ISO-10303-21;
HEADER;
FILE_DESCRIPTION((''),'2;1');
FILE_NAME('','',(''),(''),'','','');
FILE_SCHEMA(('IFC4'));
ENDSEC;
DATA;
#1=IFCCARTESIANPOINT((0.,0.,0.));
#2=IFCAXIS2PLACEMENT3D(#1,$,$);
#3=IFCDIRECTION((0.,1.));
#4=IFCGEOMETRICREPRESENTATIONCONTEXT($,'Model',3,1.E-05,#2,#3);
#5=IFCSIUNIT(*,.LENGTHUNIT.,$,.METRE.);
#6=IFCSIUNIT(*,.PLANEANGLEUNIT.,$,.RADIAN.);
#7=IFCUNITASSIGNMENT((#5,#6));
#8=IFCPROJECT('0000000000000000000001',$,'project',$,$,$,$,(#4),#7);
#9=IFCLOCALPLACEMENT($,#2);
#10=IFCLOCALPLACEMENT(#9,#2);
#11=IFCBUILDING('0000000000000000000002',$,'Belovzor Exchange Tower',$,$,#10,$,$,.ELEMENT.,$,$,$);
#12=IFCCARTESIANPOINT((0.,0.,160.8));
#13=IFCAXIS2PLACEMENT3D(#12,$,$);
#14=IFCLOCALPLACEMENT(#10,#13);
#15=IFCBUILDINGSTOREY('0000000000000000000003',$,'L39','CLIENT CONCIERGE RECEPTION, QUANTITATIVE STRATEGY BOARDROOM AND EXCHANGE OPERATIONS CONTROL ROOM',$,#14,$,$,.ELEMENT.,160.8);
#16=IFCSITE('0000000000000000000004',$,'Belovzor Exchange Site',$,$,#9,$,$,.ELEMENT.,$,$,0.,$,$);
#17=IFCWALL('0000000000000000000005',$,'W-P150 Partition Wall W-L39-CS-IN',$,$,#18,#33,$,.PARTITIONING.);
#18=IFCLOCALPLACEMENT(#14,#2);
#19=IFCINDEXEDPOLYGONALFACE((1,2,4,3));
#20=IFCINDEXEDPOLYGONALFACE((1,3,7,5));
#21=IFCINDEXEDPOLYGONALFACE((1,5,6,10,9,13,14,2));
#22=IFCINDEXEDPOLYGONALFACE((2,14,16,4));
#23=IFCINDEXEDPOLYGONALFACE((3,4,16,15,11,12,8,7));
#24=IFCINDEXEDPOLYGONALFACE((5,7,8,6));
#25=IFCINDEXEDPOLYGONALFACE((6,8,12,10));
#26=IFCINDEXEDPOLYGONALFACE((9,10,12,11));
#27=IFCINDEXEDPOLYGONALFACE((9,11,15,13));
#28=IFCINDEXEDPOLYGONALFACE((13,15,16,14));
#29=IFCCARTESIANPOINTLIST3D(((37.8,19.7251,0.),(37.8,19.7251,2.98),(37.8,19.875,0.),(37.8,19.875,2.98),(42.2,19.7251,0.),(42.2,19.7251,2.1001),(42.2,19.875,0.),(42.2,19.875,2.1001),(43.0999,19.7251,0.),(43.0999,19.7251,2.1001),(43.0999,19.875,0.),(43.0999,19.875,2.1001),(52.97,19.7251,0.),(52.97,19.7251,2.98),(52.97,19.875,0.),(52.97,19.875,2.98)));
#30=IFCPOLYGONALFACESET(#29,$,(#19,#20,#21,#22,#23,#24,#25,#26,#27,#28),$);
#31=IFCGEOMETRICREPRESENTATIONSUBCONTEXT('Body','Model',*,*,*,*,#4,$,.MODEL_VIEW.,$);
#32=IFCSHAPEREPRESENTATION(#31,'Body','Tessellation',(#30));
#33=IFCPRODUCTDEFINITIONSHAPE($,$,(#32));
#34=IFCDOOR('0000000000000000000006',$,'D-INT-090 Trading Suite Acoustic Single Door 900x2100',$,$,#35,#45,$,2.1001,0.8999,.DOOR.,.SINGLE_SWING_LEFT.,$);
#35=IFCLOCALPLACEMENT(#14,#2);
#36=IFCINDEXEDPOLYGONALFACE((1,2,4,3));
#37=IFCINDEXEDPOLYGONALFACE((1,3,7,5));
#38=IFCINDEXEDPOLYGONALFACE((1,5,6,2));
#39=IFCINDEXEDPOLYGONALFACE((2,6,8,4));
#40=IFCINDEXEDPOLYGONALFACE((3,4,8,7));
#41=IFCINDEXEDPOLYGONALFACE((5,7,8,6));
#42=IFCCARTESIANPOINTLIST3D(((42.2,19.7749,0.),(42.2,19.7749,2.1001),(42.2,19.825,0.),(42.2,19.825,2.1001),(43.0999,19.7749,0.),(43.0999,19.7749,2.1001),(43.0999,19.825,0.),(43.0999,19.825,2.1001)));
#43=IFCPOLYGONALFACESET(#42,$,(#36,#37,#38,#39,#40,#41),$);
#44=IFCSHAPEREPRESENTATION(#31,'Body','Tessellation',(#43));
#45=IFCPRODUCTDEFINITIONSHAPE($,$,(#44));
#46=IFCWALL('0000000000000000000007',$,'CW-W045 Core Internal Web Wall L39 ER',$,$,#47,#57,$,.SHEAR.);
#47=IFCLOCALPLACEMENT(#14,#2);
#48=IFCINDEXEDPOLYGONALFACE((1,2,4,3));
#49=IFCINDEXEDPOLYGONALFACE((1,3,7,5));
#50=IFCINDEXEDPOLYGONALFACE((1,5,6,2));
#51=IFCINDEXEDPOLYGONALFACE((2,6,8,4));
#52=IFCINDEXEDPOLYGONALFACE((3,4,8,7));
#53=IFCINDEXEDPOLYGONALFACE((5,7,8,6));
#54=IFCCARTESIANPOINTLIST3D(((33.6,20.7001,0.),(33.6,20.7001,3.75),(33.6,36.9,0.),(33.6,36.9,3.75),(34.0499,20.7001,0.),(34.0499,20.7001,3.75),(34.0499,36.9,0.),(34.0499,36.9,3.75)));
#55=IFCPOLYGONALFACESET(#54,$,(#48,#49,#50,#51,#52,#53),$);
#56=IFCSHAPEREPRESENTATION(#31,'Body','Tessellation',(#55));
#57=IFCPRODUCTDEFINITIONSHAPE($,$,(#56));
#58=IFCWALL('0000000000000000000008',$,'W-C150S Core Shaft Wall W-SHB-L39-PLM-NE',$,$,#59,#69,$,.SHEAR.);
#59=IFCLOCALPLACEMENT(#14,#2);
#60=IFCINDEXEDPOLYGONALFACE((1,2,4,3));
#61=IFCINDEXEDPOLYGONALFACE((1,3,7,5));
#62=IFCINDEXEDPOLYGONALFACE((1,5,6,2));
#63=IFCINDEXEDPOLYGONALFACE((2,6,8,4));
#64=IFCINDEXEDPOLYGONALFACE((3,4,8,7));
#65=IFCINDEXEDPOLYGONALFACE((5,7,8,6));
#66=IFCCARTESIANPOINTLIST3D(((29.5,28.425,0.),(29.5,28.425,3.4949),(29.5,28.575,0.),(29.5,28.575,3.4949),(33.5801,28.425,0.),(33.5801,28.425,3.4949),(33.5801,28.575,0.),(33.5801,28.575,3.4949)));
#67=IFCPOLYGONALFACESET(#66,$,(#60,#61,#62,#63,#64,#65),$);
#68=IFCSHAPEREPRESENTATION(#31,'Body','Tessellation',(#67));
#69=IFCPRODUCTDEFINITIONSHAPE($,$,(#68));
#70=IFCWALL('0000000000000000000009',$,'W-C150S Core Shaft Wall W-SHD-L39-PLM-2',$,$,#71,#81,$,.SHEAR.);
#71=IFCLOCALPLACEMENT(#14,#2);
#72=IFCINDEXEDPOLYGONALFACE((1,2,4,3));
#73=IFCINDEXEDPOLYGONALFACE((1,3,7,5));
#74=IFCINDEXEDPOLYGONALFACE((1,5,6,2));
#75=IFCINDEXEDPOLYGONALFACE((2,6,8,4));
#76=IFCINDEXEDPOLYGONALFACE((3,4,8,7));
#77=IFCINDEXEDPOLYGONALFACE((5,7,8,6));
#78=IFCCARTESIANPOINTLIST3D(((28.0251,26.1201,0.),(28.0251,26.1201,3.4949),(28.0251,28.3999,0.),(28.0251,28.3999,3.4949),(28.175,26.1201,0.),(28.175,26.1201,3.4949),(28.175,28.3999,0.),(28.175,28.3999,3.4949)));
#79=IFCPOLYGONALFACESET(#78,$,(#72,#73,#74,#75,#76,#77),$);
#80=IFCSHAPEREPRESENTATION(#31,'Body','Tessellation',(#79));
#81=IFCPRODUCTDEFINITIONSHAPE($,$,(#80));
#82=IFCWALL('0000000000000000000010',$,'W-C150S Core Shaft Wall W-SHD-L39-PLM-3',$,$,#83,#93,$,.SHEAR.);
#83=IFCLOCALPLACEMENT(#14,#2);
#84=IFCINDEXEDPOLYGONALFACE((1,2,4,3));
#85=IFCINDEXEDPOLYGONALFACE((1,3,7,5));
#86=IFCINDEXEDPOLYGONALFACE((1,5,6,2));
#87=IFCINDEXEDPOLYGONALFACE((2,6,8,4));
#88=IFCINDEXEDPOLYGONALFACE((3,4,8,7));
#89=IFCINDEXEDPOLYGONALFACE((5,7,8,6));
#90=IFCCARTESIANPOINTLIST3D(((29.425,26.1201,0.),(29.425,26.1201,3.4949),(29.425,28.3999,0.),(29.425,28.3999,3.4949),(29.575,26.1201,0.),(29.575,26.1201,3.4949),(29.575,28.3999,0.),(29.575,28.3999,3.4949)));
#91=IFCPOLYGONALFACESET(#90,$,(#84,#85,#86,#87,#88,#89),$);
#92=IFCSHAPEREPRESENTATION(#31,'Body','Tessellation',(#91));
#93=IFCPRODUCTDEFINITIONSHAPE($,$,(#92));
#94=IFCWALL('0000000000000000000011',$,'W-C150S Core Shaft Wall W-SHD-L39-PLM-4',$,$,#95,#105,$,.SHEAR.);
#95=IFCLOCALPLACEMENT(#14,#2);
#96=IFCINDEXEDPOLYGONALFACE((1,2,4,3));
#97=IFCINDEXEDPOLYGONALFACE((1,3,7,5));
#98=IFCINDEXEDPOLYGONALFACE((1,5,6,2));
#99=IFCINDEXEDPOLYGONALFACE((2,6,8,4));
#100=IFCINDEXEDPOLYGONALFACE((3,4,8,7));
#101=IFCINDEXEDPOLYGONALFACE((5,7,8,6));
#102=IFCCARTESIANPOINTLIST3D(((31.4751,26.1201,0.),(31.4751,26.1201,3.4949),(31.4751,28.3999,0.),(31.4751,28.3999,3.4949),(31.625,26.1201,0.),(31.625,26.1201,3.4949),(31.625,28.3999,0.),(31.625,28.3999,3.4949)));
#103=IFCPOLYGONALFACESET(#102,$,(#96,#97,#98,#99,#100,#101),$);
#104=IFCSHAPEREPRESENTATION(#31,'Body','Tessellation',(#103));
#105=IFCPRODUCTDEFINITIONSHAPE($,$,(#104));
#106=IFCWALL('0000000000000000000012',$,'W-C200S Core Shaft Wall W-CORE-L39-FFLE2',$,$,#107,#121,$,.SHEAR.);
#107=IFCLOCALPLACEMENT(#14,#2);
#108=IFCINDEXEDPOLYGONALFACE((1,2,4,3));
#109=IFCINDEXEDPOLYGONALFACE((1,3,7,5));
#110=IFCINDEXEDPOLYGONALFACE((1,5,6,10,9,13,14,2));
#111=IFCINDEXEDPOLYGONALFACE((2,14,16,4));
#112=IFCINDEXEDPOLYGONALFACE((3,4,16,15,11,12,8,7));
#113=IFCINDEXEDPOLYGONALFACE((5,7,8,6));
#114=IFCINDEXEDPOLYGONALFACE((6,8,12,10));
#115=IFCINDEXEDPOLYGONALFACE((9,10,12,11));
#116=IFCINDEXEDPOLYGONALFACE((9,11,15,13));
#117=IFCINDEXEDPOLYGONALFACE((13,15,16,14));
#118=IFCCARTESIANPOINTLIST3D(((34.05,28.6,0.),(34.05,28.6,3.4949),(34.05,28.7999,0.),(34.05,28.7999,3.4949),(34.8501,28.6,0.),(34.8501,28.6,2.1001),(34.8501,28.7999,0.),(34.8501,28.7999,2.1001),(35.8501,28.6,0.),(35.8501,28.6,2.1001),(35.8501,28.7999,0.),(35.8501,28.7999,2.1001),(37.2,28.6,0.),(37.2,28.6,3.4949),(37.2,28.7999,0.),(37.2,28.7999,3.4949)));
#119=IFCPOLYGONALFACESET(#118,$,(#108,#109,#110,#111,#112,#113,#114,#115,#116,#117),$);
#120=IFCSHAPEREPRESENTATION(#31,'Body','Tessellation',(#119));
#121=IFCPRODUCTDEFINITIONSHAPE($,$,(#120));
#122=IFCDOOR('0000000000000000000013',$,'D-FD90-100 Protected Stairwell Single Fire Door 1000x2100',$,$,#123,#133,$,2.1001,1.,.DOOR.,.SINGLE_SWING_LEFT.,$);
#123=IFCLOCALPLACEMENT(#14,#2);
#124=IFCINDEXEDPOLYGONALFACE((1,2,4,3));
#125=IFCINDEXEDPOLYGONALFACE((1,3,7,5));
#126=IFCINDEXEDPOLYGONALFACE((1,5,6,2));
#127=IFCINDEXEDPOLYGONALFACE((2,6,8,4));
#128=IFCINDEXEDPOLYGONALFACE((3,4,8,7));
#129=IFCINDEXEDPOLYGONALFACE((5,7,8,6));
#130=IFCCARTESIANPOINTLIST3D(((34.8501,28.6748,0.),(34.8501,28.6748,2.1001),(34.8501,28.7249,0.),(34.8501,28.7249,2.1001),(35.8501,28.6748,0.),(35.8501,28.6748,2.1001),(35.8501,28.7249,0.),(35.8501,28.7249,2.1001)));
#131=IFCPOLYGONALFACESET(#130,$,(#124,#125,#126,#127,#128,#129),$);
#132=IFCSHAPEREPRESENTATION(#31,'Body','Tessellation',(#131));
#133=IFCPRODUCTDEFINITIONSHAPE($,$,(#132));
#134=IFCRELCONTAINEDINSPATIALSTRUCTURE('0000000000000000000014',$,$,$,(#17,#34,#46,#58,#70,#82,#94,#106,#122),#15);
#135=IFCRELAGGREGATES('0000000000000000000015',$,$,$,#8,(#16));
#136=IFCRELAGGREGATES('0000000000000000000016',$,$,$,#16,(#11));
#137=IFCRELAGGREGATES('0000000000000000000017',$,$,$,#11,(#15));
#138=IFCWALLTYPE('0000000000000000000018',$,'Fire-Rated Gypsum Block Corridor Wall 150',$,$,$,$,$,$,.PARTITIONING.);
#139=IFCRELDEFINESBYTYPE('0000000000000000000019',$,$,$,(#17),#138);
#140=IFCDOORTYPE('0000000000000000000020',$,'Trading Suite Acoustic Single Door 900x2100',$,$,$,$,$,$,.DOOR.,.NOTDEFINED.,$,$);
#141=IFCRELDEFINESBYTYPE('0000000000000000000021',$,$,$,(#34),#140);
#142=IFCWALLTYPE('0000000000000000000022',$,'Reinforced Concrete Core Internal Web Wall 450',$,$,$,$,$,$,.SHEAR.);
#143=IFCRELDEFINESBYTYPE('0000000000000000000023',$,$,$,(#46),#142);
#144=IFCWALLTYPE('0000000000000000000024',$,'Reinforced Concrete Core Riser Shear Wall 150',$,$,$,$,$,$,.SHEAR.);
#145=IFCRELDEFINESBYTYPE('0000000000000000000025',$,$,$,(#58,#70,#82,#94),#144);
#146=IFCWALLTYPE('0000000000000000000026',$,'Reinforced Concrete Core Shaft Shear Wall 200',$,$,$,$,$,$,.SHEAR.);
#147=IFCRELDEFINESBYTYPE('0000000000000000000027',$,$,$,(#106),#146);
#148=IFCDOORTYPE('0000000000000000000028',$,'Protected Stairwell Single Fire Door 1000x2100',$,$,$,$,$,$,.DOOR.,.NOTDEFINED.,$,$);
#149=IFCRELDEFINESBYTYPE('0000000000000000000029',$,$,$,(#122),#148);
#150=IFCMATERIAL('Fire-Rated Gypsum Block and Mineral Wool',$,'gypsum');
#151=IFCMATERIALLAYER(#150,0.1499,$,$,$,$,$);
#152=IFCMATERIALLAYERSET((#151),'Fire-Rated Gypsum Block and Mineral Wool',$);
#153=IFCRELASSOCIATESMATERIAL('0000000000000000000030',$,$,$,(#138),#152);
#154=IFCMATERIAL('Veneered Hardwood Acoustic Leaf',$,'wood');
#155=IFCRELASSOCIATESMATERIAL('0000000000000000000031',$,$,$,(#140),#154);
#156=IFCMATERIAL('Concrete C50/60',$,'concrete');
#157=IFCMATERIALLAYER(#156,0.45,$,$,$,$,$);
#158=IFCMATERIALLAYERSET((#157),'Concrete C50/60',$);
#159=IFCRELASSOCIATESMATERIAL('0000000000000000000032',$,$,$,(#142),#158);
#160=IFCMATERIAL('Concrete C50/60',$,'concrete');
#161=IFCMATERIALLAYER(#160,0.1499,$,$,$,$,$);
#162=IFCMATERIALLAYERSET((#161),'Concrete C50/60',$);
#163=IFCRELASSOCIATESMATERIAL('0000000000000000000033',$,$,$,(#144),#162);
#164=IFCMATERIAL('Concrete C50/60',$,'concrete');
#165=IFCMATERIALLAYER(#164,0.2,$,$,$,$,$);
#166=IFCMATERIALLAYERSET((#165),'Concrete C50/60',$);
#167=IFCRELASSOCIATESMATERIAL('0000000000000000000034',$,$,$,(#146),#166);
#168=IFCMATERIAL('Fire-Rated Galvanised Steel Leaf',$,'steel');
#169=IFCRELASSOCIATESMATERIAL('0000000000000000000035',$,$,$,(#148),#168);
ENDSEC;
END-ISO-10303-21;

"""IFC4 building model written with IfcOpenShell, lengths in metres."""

from ifc_helpers import new_model, si_unit, direction, frame, frame_2d, origin, place, context, subcontext, project, spatial, rectangle, extrude, material, layer, layer_set, type_object, element, fill, save


model = new_model("IFC4")

# Units and contexts
model_context = context("Model", 3, precision=1e-05, world=origin(), true_north=direction((0.0, 1.0)))
body_context = subcontext(model_context, "Body", "Model", "MODEL_VIEW")
ifc_project = project(units=[si_unit("LENGTHUNIT", "METRE"), si_unit("PLANEANGLEUNIT", "RADIAN")], contexts=[model_context])

# Site, building, storey
site_placement = place(None, origin())
site = spatial("IfcSite", under=ifc_project, at=site_placement, Name="Belovzor Exchange Site", CompositionType="ELEMENT", RefElevation=0.0)
building_placement = place(site_placement, origin())
building = spatial("IfcBuilding", under=site, at=building_placement, Name="Belovzor Exchange Tower", CompositionType="ELEMENT")
storey_placement = place(building_placement, frame((0.0, 0.0, 160.8)))
storey = spatial("IfcBuildingStorey", under=building, at=storey_placement, Name="L39", Description="CLIENT CONCIERGE RECEPTION, QUANTITATIVE STRATEGY BOARDROOM AND EXCHANGE OPERATIONS CONTROL ROOM", CompositionType="ELEMENT", Elevation=160.8)

# Shared definitions
ifc_material_1 = material(Name="Fire-Rated Gypsum Block and Mineral Wool", Category="gypsum")
ifc_layer_1 = layer(ifc_material_1, 0.1499)
ifc_layer_set_1 = layer_set([ifc_layer_1], Name="Fire-Rated Gypsum Block and Mineral Wool")
wall_type_1 = type_object("IfcWallType", Name="Fire-Rated Gypsum Block Corridor Wall 150", PredefinedType="PARTITIONING", material=ifc_layer_set_1)

# Wall, opening, door
wall_1_placement = place(storey_placement, frame((37.8, 19.8, 0.0), z_axis=(0.0, 0.0, 1.0), x_axis=(1.0, 0.0, 0.0)))
wall_1 = element("IfcWall", 1, at=wall_1_placement, inside=storey, type_object=wall_type_1, Name="W-P150 Partition Wall W-L39-CS-IN", PredefinedType="PARTITIONING", context=body_context, shape_type="SweptSolid", body=[
    extrude(rectangle(XDim=15.1699, YDim=0.1499, at=frame_2d((7.585, 0.0))), origin(), (0.0, 0.0, 1.0), 2.98),
])
opening_1_placement = place(wall_1_placement, frame((4.3999, 0.0, 0.0)))
opening_1 = element("IfcOpeningElement", 2, at=opening_1_placement, cuts=wall_1, PredefinedType="OPENING", context=body_context, shape_type="SweptSolid", body=[
    extrude(rectangle(XDim=0.8999, YDim=2.1001, at=frame_2d((0.45, 1.05))), frame((0.0, 0.085, 0.0), z_axis=(0.0, -1.0, 0.0), x_axis=(1.0, 0.0, 0.0)), (0.0, 0.0, 1.0), 0.1699),
])
ifc_material_2 = material(Name="Veneered Hardwood Acoustic Leaf", Category="wood")
door_type_1 = type_object("IfcDoorType", Name="Trading Suite Acoustic Single Door 900x2100", OperationType="NOTDEFINED", PredefinedType="DOOR", material=ifc_material_2)
door_1_placement = place(opening_1_placement, origin())
door_1 = element("IfcDoor", 3, at=door_1_placement, inside=storey, type_object=door_type_1, Name="D-INT-090 Trading Suite Acoustic Single Door 900x2100", OperationType="SINGLE_SWING_LEFT", OverallHeight=2.1001, OverallWidth=0.8999, PredefinedType="DOOR", context=body_context, shape_type="SweptSolid", body=[
    extrude(rectangle(XDim=0.8999, YDim=2.1001, at=frame_2d((0.45, 1.05))), frame((0.0, 0.0249, 0.0), z_axis=(0.0, -1.0, 0.0), x_axis=(1.0, 0.0, 0.0)), (0.0, 0.0, 1.0), 0.05),
])
fill(opening_1, door_1)

# Walls
ifc_material_3 = material(Name="Concrete C50/60", Category="concrete")
ifc_layer_2 = layer(ifc_material_3, 0.45)
ifc_layer_set_2 = layer_set([ifc_layer_2], Name="Concrete C50/60")
wall_type_2 = type_object("IfcWallType", Name="Reinforced Concrete Core Internal Web Wall 450", PredefinedType="SHEAR", material=ifc_layer_set_2)
wall_2_placement = place(storey_placement, frame((33.825, 20.7, 0.0), z_axis=(0.0, 0.0, 1.0), x_axis=(0.0, 1.0, 0.0)))
element("IfcWall", 4, at=wall_2_placement, inside=storey, type_object=wall_type_2, Name="CW-W045 Core Internal Web Wall L39 ER", PredefinedType="SHEAR", context=body_context, shape_type="SweptSolid", body=[
    extrude(rectangle(XDim=16.2, YDim=0.45, at=frame_2d((8.1001, 0.0))), origin(), (0.0, 0.0, 1.0), 3.75),
])
ifc_material_4 = material(Name="Concrete C50/60", Category="concrete")
ifc_layer_3 = layer(ifc_material_4, 0.1499)
ifc_layer_set_3 = layer_set([ifc_layer_3], Name="Concrete C50/60")
wall_type_3 = type_object("IfcWallType", Name="Reinforced Concrete Core Riser Shear Wall 150", PredefinedType="SHEAR", material=ifc_layer_set_3)
wall_3_placement = place(storey_placement, frame((29.5, 28.5, 0.0), z_axis=(0.0, 0.0, 1.0), x_axis=(1.0, 0.0, 0.0)))
element("IfcWall", 5, at=wall_3_placement, inside=storey, type_object=wall_type_3, Name="W-C150S Core Shaft Wall W-SHB-L39-PLM-NE", PredefinedType="SHEAR", context=body_context, shape_type="SweptSolid", body=[
    extrude(rectangle(XDim=4.0801, YDim=0.1499, at=frame_2d((2.04, 0.0))), origin(), (0.0, 0.0, 1.0), 3.4949),
])
for number, where, z_axis, x_axis, name in (
    (6, (28.1001, 26.1201, 0.0), (0.0, 0.0, 1.0), (0.0, 1.0, 0.0), "W-C150S Core Shaft Wall W-SHD-L39-PLM-2"),
    (7, (29.5, 26.1201, 0.0), (0.0, 0.0, 1.0), (0.0, 1.0, 0.0), "W-C150S Core Shaft Wall W-SHD-L39-PLM-3"),
    (8, (31.55, 26.1201, 0.0), (0.0, 0.0, 1.0), (0.0, 1.0, 0.0), "W-C150S Core Shaft Wall W-SHD-L39-PLM-4"),
):
    element("IfcWall", number, at=place(storey_placement, frame(where, z_axis=z_axis, x_axis=x_axis)), inside=storey, type_object=wall_type_3, Name=name, PredefinedType="SHEAR", context=body_context, shape_type="SweptSolid", body=[
        extrude(rectangle(XDim=2.2798, YDim=0.1499, at=frame_2d((1.1399, 0.0))), origin(), (0.0, 0.0, 1.0), 3.4949),
    ])

# Wall, opening, door
ifc_material_5 = material(Name="Concrete C50/60", Category="concrete")
ifc_layer_4 = layer(ifc_material_5, 0.2)
ifc_layer_set_4 = layer_set([ifc_layer_4], Name="Concrete C50/60")
wall_type_4 = type_object("IfcWallType", Name="Reinforced Concrete Core Shaft Shear Wall 200", PredefinedType="SHEAR", material=ifc_layer_set_4)
wall_4_placement = place(storey_placement, frame((34.05, 28.7, 0.0), z_axis=(0.0, 0.0, 1.0), x_axis=(1.0, 0.0, 0.0)))
wall_4 = element("IfcWall", 9, at=wall_4_placement, inside=storey, type_object=wall_type_4, Name="W-C200S Core Shaft Wall W-CORE-L39-FFLE2", PredefinedType="SHEAR", context=body_context, shape_type="SweptSolid", body=[
    extrude(rectangle(XDim=3.1499, YDim=0.2, at=frame_2d((1.575, 0.0))), origin(), (0.0, 0.0, 1.0), 3.4949),
])
opening_2_placement = place(wall_4_placement, frame((0.8, 0.0, 0.0)))
opening_2 = element("IfcOpeningElement", 10, at=opening_2_placement, cuts=wall_4, PredefinedType="OPENING", context=body_context, shape_type="SweptSolid", body=[
    extrude(rectangle(XDim=1.0, YDim=2.1001, at=frame_2d((0.5, 1.05))), frame((0.0, 0.1099, 0.0), z_axis=(0.0, -1.0, 0.0), x_axis=(1.0, 0.0, 0.0)), (0.0, 0.0, 1.0), 0.22),
])
ifc_material_6 = material(Name="Fire-Rated Galvanised Steel Leaf", Category="steel")
door_type_2 = type_object("IfcDoorType", Name="Protected Stairwell Single Fire Door 1000x2100", OperationType="NOTDEFINED", PredefinedType="DOOR", material=ifc_material_6)
door_2_placement = place(opening_2_placement, origin())
door_2 = element("IfcDoor", 11, at=door_2_placement, inside=storey, type_object=door_type_2, Name="D-FD90-100 Protected Stairwell Single Fire Door 1000x2100", OperationType="SINGLE_SWING_LEFT", OverallHeight=2.1001, OverallWidth=1.0, PredefinedType="DOOR", context=body_context, shape_type="SweptSolid", body=[
    extrude(rectangle(XDim=1.0, YDim=2.1001, at=frame_2d((0.5, 1.05))), frame((0.0, 0.0249, 0.0), z_axis=(0.0, -1.0, 0.0), x_axis=(1.0, 0.0, 0.0)), (0.0, 0.0, 1.0), 0.05),
])
fill(opening_2, door_2)

save(model, "model.ifc")
